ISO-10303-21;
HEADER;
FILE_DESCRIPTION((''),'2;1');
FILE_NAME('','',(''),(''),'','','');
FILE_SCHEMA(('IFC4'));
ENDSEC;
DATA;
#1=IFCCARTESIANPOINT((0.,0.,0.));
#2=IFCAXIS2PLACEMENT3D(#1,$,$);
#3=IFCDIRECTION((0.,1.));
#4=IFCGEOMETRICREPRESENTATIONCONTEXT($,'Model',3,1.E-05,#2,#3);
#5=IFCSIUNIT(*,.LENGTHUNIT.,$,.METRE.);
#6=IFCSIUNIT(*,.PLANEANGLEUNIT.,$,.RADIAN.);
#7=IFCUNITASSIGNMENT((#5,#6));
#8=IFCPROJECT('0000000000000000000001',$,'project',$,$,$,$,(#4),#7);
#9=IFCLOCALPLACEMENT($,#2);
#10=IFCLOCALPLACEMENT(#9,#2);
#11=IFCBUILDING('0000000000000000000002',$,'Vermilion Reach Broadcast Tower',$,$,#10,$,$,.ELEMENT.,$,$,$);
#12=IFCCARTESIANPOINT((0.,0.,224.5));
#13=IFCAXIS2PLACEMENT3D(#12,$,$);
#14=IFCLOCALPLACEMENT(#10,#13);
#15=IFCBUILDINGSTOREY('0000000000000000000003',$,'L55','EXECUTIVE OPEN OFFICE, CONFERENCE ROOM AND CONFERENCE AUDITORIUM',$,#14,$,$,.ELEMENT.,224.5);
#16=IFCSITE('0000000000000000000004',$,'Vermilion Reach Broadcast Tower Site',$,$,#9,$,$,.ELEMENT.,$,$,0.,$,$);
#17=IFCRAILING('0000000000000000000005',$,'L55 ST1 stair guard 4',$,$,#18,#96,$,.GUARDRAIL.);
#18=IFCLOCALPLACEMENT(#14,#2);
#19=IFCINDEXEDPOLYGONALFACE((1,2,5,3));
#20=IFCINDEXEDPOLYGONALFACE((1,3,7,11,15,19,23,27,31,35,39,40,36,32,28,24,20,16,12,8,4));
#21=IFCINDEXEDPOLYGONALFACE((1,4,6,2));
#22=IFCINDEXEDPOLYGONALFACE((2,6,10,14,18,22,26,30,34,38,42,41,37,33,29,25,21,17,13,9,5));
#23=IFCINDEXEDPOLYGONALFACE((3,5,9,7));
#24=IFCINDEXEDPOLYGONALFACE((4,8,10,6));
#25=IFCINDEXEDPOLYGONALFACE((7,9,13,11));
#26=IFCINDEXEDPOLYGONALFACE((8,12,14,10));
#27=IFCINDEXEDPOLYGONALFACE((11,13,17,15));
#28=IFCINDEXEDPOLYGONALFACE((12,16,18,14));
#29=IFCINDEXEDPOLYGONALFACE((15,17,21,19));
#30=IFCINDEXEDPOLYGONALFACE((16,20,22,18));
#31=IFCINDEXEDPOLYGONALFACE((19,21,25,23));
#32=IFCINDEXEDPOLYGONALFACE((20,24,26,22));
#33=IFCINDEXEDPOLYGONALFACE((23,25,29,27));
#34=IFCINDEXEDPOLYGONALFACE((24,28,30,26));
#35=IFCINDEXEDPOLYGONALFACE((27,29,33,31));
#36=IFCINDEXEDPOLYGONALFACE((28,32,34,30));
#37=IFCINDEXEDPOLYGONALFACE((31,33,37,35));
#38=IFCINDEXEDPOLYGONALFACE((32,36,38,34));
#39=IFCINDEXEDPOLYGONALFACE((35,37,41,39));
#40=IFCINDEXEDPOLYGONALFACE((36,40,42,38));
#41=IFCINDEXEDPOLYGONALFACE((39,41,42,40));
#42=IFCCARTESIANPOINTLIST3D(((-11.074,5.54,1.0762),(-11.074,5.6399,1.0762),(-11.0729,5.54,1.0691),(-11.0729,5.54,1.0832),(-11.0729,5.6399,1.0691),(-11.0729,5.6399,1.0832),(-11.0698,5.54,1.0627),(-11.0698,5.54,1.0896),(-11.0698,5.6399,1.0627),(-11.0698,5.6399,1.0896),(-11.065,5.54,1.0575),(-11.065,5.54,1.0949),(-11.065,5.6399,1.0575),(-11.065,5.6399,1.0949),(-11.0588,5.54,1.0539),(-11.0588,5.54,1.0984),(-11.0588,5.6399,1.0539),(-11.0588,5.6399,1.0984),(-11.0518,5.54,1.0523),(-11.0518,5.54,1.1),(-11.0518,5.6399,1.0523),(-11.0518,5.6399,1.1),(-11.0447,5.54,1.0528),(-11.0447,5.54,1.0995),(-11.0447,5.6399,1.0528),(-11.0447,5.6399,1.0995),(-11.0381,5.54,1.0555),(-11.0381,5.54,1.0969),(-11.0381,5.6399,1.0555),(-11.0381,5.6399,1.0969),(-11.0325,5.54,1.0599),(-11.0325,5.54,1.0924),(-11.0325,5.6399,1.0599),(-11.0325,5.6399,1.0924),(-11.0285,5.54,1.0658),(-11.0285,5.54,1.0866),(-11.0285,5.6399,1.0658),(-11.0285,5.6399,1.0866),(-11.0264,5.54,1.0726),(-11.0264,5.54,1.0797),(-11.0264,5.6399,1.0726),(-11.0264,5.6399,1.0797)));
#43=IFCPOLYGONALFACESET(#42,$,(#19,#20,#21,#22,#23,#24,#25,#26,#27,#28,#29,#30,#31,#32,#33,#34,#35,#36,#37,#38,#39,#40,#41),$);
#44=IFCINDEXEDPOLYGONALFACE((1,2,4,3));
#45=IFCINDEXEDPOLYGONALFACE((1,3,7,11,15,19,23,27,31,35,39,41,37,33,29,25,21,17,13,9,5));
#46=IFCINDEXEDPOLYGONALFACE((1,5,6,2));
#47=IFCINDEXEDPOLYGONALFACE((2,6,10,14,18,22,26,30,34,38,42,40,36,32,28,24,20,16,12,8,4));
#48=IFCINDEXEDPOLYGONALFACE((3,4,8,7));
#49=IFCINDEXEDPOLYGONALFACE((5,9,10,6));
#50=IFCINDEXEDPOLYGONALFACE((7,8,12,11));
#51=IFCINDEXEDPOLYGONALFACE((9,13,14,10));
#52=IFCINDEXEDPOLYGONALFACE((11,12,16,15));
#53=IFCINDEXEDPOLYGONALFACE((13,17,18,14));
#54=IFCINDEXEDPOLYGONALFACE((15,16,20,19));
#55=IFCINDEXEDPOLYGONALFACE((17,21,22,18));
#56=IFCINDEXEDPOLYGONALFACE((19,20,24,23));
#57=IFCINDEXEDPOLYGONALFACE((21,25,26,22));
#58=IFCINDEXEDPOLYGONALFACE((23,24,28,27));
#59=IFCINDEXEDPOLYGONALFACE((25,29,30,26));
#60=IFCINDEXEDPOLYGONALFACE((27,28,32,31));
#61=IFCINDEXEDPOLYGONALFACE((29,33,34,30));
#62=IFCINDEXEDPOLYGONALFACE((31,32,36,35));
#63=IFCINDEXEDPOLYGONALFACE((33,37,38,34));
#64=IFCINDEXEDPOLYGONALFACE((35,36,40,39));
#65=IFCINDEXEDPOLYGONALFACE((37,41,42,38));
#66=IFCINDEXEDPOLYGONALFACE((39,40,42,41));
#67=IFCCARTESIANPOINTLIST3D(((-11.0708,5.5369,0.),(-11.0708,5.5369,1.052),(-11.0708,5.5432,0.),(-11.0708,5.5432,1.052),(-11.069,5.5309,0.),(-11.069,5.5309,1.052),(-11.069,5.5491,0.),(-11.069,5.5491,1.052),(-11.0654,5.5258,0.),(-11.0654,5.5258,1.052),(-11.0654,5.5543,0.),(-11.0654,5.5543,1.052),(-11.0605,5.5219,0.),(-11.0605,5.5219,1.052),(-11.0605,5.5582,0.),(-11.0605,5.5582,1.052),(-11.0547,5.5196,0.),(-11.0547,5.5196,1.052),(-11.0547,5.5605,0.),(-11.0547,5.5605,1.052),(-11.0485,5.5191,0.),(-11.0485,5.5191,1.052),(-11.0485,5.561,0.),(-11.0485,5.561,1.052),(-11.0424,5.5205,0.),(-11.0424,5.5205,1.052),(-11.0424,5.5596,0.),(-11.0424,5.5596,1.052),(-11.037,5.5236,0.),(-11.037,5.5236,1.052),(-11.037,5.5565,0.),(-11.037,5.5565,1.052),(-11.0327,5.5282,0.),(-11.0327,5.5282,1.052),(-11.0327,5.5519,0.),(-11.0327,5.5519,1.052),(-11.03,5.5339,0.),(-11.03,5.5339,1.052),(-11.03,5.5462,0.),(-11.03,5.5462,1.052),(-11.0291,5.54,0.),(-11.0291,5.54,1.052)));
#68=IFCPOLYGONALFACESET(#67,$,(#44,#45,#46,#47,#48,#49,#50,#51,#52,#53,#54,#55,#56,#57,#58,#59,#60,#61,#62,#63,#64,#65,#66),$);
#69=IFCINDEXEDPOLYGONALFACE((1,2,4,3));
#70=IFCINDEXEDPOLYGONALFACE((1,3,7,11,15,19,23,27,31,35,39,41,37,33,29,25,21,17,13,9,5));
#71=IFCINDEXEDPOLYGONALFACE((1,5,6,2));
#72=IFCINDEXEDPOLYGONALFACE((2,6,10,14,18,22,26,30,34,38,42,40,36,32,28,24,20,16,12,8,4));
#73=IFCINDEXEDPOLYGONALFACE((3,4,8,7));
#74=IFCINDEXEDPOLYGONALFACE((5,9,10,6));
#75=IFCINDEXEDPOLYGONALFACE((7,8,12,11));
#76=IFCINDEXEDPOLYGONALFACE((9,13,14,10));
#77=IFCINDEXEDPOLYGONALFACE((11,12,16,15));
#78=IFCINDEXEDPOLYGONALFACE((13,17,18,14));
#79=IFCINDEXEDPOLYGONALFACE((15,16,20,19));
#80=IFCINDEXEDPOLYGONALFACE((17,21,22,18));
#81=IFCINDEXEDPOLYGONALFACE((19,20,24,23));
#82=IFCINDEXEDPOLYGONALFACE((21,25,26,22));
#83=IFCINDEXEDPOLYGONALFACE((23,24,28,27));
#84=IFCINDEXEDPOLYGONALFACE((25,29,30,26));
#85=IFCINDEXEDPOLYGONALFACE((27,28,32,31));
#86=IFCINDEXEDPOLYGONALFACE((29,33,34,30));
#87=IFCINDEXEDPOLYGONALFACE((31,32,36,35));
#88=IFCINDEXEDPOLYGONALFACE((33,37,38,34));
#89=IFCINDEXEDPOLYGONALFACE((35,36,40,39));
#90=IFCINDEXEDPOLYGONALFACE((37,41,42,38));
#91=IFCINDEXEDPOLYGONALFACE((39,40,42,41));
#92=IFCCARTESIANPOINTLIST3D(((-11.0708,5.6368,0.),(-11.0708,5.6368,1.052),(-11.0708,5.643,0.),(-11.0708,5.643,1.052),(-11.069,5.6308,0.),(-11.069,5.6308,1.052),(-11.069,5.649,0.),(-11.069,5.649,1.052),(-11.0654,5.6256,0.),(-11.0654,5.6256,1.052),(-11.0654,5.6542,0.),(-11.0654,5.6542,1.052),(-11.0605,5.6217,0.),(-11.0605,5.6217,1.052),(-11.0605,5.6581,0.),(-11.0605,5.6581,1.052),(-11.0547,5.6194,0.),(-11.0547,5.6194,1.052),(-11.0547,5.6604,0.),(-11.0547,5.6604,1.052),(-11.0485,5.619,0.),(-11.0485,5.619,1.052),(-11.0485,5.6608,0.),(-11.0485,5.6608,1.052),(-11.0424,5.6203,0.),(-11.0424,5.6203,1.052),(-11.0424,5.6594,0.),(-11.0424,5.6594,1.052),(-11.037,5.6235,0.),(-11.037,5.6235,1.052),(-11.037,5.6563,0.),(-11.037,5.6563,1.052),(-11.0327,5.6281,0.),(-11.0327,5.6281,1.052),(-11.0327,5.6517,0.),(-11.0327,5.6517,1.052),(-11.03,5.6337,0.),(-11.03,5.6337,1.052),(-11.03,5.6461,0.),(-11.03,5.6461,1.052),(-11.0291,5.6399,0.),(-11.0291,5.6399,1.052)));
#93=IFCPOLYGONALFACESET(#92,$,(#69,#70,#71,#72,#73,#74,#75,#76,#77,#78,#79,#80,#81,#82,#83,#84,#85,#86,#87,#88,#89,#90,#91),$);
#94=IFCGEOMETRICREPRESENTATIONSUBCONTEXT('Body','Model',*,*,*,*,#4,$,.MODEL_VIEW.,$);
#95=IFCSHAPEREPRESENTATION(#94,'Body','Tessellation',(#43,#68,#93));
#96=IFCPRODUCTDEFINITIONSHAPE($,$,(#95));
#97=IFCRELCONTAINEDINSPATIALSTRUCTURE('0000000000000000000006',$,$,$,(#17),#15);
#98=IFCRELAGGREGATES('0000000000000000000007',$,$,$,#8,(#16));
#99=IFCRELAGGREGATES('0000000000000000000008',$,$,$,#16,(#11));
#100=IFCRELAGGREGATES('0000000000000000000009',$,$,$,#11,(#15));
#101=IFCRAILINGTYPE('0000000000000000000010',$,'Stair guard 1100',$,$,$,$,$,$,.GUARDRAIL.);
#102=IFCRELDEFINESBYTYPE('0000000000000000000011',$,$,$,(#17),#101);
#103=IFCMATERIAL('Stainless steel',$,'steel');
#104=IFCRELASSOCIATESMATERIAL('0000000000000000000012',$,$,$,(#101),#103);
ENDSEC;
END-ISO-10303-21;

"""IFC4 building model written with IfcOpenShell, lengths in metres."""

from ifc_helpers import new_model, si_unit, direction, frame, origin, origin_2d, place, context, subcontext, project, spatial, circle, extrude, material, type_object, element, save


model = new_model("IFC4")

# Units and contexts
model_context = context("Model", 3, precision=1e-05, world=origin(), true_north=direction((0.0, 1.0)))
body_context = subcontext(model_context, "Body", "Model", "MODEL_VIEW")
ifc_project = project(units=[si_unit("LENGTHUNIT", "METRE"), si_unit("PLANEANGLEUNIT", "RADIAN")], contexts=[model_context])

# Site, building, storey
site_placement = place(None, origin())
site = spatial("IfcSite", under=ifc_project, at=site_placement, Name="Vermilion Reach Broadcast Tower Site", CompositionType="ELEMENT", RefElevation=0.0)
building_placement = place(site_placement, origin())
building = spatial("IfcBuilding", under=site, at=building_placement, Name="Vermilion Reach Broadcast Tower", CompositionType="ELEMENT")
storey_placement = place(building_placement, frame((0.0, 0.0, 224.5)))
storey = spatial("IfcBuildingStorey", under=building, at=storey_placement, Name="L55", Description="EXECUTIVE OPEN OFFICE, CONFERENCE ROOM AND CONFERENCE AUDITORIUM", CompositionType="ELEMENT", Elevation=224.5)

# Railing
ifc_material_1 = material(Name="Stainless steel", Category="steel")
railing_type_1 = type_object("IfcRailingType", Name="Stair guard 1100", PredefinedType="GUARDRAIL", material=ifc_material_1)
railing_1_placement = place(storey_placement, frame((-11.05, 5.54, 0.0)))
element("IfcRailing", 1, at=railing_1_placement, inside=storey, type_object=railing_type_1, Name="L55 ST1 stair guard 4", PredefinedType="GUARDRAIL", context=body_context, shape_type="SweptSolid", body=[
    extrude(circle(Radius=0.0239, at=origin_2d()), frame((0.0, 0.0, 1.0762), z_axis=(0.0, 1.0, 0.0), x_axis=(-1.0, 0.0, 0.0)), (0.0, 0.0, 1.0), 0.0999),
    extrude(circle(Radius=0.021, at=origin_2d()), origin(), (0.0, 0.0, 1.0), 1.052),
    extrude(circle(Radius=0.021, at=origin_2d()), frame((0.0, 0.0999, 0.0)), (0.0, 0.0, 1.0), 1.052),
])

save(model, "model.ifc")
